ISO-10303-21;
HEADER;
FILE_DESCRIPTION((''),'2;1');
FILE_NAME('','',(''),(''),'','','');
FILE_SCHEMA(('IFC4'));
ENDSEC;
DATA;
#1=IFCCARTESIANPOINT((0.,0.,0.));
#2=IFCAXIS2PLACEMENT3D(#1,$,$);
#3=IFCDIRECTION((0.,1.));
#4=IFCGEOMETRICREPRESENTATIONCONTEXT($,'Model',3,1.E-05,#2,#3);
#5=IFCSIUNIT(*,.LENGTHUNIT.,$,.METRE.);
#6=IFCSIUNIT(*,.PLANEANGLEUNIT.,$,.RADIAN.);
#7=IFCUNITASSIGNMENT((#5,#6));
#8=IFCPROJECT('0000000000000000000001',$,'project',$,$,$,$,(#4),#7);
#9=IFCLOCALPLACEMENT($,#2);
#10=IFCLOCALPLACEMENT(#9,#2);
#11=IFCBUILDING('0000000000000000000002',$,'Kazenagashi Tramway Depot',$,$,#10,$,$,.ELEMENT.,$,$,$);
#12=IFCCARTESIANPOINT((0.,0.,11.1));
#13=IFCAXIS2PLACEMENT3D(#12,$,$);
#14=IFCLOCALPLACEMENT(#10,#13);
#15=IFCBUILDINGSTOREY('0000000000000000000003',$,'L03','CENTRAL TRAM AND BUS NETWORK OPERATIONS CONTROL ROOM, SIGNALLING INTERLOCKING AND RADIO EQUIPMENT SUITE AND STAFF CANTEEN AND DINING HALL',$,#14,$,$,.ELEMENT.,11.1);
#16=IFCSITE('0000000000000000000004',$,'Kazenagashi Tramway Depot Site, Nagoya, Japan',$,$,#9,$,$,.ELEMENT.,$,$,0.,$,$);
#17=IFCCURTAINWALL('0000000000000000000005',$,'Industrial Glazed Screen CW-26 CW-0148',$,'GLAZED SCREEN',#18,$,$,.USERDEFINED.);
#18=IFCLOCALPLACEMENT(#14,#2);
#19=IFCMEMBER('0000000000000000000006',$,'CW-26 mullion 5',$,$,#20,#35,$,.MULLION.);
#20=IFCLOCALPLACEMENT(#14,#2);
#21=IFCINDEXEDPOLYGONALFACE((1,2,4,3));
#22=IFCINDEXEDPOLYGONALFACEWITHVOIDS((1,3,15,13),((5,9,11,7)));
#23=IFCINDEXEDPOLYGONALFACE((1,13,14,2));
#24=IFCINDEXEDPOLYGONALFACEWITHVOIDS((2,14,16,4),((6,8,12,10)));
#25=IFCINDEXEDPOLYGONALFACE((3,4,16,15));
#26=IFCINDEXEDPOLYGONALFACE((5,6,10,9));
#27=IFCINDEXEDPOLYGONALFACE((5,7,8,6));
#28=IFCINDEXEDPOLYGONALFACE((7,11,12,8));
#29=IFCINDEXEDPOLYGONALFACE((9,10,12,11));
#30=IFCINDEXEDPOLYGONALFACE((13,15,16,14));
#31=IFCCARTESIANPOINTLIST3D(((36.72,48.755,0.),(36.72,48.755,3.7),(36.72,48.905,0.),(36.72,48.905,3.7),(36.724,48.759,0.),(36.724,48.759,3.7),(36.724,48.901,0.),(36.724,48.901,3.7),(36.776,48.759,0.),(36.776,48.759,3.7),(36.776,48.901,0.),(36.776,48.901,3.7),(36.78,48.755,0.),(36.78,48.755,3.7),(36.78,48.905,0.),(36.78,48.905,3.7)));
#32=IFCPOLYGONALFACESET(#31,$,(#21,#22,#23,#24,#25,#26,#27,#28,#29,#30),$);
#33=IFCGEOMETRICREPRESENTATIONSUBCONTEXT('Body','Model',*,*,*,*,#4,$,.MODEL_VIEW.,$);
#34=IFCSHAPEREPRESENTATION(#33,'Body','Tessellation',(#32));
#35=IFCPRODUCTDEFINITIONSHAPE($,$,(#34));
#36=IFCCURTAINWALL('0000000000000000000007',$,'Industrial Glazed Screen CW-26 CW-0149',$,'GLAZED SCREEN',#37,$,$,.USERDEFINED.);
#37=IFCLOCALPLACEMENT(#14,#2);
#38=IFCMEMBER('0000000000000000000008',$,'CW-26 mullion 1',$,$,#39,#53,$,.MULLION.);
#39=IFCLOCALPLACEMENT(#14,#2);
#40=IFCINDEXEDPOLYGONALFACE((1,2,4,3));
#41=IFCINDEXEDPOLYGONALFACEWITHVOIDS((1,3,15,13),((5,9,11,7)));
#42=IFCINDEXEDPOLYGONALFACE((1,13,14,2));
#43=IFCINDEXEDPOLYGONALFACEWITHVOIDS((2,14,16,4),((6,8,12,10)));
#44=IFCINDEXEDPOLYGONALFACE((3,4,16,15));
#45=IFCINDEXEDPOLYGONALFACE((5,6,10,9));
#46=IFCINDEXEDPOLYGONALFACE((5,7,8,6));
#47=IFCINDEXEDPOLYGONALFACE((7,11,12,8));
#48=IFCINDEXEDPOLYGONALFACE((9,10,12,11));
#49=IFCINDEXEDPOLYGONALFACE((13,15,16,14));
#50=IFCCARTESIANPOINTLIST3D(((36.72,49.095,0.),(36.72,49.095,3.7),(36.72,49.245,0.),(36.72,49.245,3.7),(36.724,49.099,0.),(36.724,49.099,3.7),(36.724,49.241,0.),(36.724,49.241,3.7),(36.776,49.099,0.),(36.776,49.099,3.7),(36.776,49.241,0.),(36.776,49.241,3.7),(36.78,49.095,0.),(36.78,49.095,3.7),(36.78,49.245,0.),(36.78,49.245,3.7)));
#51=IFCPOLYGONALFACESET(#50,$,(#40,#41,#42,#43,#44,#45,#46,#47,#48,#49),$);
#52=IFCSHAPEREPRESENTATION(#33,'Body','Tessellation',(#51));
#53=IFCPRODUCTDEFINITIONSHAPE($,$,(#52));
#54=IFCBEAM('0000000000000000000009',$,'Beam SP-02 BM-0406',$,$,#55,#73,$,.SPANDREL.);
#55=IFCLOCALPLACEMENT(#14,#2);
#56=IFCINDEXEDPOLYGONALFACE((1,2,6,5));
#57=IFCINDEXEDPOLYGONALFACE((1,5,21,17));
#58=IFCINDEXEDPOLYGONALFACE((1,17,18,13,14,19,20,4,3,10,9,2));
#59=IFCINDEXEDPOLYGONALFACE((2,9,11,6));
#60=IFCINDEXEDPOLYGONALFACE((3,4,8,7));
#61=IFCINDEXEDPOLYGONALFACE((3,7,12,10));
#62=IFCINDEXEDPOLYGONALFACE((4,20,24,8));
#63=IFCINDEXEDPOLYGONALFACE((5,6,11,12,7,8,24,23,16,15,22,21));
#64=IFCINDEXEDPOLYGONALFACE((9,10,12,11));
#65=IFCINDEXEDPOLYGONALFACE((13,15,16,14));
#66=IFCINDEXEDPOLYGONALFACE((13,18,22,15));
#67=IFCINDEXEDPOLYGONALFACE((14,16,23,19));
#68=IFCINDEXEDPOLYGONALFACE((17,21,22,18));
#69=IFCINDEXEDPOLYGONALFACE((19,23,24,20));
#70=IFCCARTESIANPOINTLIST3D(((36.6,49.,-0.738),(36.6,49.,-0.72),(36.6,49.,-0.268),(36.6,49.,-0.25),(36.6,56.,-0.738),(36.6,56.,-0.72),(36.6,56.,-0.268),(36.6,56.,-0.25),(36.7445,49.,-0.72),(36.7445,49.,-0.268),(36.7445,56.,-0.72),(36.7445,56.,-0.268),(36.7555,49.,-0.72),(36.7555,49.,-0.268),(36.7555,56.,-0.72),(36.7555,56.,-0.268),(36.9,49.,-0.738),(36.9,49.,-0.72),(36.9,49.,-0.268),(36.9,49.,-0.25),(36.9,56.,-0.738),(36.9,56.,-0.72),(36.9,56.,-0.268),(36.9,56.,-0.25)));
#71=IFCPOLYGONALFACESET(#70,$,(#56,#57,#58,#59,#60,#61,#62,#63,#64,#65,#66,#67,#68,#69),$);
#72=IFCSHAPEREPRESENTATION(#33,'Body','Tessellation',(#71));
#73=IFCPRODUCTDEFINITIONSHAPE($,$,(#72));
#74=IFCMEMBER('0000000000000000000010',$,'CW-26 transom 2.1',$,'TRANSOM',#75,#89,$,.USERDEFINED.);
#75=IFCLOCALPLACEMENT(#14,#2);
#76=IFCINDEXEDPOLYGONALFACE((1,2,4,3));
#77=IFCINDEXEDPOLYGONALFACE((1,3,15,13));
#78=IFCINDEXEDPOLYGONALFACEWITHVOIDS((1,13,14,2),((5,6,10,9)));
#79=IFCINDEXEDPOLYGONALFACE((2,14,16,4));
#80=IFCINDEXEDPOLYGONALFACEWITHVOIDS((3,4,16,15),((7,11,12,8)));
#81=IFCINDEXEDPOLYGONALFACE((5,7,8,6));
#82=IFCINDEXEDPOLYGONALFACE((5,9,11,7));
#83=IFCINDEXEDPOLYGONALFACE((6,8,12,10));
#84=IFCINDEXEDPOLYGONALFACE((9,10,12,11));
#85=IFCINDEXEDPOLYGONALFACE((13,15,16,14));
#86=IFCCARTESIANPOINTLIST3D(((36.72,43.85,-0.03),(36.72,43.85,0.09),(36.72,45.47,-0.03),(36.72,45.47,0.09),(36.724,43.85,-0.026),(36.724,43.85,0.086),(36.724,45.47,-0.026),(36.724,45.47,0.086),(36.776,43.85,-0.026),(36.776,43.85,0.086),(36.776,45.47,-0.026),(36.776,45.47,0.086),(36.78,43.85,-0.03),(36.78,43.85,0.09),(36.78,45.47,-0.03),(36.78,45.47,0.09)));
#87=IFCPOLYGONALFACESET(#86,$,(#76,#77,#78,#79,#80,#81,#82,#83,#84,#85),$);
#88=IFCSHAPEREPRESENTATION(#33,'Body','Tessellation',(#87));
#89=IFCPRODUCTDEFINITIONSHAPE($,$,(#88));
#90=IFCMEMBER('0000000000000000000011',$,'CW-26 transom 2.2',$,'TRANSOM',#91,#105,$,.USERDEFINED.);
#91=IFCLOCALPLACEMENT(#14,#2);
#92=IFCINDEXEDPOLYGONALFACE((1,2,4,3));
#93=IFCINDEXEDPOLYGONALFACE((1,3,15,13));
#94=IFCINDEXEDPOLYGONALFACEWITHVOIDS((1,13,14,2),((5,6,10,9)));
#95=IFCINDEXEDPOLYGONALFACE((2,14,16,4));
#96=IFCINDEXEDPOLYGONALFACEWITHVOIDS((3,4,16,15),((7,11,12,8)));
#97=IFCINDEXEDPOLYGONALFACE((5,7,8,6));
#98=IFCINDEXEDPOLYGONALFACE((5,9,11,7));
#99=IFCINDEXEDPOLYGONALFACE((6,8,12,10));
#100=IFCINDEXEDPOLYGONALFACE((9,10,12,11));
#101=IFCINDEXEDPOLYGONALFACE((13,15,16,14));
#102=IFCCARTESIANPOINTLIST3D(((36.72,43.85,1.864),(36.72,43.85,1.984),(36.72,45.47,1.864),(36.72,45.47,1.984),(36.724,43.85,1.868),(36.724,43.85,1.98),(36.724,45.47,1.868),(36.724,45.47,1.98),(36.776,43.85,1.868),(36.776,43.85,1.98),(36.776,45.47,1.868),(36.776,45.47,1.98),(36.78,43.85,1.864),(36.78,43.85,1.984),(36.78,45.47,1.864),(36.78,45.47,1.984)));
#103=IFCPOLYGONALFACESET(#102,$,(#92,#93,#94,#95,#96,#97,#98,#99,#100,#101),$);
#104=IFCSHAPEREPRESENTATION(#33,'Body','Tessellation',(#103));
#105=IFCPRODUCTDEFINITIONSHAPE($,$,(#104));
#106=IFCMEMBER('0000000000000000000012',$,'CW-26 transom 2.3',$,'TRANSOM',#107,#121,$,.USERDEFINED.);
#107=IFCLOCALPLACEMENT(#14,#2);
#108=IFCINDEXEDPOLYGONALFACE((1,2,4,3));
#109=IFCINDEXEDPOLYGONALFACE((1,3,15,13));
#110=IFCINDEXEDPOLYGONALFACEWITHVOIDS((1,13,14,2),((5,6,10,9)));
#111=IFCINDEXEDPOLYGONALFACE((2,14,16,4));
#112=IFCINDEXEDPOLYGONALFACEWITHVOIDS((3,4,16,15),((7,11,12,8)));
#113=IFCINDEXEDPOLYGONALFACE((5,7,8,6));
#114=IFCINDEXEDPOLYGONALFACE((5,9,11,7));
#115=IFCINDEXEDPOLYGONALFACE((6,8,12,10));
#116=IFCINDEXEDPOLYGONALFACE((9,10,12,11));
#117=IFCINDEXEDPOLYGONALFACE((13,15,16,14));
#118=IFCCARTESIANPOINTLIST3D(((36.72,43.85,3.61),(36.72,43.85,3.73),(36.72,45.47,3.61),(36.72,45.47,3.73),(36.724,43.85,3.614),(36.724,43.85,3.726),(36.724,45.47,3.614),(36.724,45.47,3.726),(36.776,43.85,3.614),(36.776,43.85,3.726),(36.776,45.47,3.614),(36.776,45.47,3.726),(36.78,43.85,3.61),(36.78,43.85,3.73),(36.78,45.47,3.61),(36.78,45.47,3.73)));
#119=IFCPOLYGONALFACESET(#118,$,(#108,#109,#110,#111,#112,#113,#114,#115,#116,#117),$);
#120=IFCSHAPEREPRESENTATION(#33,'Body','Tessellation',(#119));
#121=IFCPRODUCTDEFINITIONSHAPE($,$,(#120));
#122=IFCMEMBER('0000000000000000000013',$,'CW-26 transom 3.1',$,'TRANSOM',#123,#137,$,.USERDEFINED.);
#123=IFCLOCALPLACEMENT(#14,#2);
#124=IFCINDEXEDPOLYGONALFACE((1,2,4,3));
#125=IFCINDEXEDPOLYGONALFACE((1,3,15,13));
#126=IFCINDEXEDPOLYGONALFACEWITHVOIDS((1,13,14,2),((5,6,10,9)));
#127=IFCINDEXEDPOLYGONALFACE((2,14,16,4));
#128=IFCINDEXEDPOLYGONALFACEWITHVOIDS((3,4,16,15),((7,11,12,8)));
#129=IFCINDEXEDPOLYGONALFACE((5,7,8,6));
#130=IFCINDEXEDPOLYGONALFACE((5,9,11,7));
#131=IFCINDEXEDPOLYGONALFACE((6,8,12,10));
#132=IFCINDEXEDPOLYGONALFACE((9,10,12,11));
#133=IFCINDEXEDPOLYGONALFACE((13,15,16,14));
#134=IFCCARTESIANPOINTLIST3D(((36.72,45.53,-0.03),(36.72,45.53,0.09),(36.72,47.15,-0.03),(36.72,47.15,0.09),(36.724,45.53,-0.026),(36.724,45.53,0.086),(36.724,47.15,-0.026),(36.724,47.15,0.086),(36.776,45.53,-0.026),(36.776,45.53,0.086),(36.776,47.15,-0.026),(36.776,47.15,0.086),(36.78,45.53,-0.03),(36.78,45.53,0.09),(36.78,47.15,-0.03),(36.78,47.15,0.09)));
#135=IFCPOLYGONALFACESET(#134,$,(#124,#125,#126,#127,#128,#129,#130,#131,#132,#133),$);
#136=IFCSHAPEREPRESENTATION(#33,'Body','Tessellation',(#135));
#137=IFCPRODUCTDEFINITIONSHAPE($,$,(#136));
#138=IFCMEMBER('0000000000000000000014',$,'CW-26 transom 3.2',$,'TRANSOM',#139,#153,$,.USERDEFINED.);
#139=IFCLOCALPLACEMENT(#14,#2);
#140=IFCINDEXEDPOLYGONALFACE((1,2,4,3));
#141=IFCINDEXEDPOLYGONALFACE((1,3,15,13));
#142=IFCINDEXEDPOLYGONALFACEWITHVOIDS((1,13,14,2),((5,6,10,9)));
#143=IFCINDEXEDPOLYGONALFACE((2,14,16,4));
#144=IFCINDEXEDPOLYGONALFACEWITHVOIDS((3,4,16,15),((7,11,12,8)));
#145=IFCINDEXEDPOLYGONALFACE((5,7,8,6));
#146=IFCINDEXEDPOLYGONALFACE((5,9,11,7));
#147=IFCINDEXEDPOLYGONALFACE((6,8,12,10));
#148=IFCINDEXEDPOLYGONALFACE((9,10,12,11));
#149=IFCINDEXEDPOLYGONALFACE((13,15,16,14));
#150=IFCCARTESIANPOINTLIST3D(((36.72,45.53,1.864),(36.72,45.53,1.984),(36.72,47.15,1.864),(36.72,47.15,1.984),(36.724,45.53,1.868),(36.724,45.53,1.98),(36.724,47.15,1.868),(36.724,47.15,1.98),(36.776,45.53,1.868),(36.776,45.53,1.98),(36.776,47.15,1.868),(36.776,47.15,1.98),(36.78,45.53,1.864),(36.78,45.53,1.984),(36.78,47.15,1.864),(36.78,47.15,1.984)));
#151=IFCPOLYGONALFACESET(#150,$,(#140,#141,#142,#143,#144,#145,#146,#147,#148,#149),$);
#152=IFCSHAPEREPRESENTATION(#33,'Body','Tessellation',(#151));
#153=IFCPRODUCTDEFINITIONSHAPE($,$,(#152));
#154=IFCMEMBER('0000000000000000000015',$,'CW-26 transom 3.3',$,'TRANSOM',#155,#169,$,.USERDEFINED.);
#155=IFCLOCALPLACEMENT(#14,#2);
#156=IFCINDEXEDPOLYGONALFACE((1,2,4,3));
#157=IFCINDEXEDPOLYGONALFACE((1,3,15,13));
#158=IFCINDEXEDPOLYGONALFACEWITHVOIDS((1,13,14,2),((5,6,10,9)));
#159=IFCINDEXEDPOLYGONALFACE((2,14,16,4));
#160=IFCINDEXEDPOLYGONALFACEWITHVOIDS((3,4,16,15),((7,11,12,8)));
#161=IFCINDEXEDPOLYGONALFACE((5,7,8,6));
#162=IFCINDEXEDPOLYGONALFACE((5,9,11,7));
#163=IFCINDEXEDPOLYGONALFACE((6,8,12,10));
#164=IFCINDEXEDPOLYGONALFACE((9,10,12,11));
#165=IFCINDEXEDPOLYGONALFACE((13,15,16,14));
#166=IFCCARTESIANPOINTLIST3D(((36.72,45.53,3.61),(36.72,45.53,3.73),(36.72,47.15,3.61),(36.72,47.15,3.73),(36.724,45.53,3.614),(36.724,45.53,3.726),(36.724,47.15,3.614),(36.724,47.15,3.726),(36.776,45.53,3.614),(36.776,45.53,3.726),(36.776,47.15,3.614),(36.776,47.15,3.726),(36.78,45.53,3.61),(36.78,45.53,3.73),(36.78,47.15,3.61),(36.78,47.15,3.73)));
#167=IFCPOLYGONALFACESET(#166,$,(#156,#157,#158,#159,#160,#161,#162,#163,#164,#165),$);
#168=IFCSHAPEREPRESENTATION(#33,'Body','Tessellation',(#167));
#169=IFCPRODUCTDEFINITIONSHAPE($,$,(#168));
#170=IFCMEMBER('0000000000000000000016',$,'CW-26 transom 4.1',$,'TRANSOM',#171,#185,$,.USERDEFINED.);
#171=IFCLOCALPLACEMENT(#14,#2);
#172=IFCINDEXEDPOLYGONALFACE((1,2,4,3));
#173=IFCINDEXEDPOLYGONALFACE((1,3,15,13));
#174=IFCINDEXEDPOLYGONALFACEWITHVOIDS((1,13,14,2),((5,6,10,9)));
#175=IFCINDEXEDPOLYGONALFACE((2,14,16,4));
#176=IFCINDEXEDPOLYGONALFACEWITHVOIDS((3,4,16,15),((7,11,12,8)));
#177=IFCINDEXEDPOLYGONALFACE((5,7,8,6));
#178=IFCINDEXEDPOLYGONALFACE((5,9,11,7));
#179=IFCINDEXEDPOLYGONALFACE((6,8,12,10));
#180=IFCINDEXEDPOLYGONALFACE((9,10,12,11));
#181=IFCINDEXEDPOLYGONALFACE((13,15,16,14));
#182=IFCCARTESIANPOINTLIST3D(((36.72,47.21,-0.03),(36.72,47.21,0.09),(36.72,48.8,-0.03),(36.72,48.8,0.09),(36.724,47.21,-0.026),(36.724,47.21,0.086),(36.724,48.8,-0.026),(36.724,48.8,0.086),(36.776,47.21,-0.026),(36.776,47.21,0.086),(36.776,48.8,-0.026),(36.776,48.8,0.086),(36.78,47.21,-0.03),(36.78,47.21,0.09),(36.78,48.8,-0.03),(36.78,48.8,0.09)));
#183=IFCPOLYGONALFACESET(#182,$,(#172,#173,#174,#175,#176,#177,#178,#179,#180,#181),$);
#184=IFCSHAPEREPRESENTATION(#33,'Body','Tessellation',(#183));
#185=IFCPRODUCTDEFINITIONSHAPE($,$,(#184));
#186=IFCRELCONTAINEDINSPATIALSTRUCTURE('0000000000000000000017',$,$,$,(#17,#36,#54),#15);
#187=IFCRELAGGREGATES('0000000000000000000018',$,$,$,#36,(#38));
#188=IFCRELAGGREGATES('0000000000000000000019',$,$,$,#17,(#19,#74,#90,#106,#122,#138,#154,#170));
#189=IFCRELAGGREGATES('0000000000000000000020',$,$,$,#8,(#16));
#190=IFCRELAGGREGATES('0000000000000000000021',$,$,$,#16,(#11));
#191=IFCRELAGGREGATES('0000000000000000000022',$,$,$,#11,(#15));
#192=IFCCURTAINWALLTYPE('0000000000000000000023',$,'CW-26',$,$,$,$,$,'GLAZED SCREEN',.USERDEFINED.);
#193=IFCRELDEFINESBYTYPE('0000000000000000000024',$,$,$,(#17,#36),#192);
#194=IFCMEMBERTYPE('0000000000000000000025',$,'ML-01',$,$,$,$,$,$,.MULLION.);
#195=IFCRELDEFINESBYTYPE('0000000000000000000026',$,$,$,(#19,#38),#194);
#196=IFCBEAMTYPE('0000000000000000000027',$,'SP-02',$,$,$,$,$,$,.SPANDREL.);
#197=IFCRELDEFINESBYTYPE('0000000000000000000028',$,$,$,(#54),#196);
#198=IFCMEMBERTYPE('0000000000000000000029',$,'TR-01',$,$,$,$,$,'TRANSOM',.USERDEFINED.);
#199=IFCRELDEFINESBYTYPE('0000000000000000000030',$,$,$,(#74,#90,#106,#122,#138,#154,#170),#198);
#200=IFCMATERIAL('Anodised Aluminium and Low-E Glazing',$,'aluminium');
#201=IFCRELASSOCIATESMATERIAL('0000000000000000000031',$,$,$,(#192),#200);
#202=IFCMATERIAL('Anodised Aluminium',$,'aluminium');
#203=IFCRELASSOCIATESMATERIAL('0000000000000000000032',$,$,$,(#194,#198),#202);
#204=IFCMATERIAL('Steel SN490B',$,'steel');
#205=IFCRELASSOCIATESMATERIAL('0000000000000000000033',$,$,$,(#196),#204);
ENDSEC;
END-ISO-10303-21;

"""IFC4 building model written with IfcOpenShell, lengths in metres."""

from ifc_helpers import new_model, si_unit, direction, frame, origin, origin_2d, place, context, subcontext, project, spatial, hollow_rectangle, i_section, extrude, material, material_profile, profile_set, type_object, element, aggregate, save


model = new_model("IFC4")

# Units and contexts
model_context = context("Model", 3, precision=1e-05, world=origin(), true_north=direction((0.0, 1.0)))
body_context = subcontext(model_context, "Body", "Model", "MODEL_VIEW")
ifc_project = project(units=[si_unit("LENGTHUNIT", "METRE"), si_unit("PLANEANGLEUNIT", "RADIAN")], contexts=[model_context])

# Site, building, storey
site_placement = place(None, origin())
site = spatial("IfcSite", under=ifc_project, at=site_placement, Name="Kazenagashi Tramway Depot Site, Nagoya, Japan", CompositionType="ELEMENT", RefElevation=0.0)
building_placement = place(site_placement, origin())
building = spatial("IfcBuilding", under=site, at=building_placement, Name="Kazenagashi Tramway Depot", CompositionType="ELEMENT")
storey_placement = place(building_placement, frame((0.0, 0.0, 11.1)))
storey = spatial("IfcBuildingStorey", under=building, at=storey_placement, Name="L03", Description="CENTRAL TRAM AND BUS NETWORK OPERATIONS CONTROL ROOM, SIGNALLING INTERLOCKING AND RADIO EQUIPMENT SUITE AND STAFF CANTEEN AND DINING HALL", CompositionType="ELEMENT", Elevation=11.1)

# Shared definitions
ifc_material_1 = material(Name="Steel SN490B", Category="steel")

# Curtain wall, member
ifc_material_2 = material(Name="Anodised Aluminium and Low-E Glazing", Category="aluminium")
curtain_wall_type = type_object("IfcCurtainWallType", Name="CW-26", ElementType="GLAZED SCREEN", PredefinedType="USERDEFINED", material=ifc_material_2)
curtain_wall_1_placement = place(storey_placement, origin())
curtain_wall_1 = element("IfcCurtainWall", 1, at=curtain_wall_1_placement, inside=storey, type_object=curtain_wall_type, Name="Industrial Glazed Screen CW-26 CW-0148", ObjectType="GLAZED SCREEN", PredefinedType="USERDEFINED")
ifc_material_3 = material(Name="Anodised Aluminium", Category="aluminium")
ifc_material_profile_1 = material_profile(ifc_material_3, hollow_rectangle(XDim=0.06, YDim=0.15, WallThickness=0.004, at=origin_2d()), Name="RHS-150x60x4")
ifc_profile_set_1 = profile_set([ifc_material_profile_1], Name="Anodised Aluminium")
member_type_1 = type_object("IfcMemberType", Name="ML-01", PredefinedType="MULLION", material=ifc_profile_set_1)
member_1_placement = place(storey_placement, frame((36.75, 48.83, 0.0), z_axis=(0.0, 0.0, 1.0), x_axis=(-1.0, 0.0, 0.0)))
member_1 = element("IfcMember", 2, at=member_1_placement, type_object=member_type_1, Name="CW-26 mullion 5", PredefinedType="MULLION", context=body_context, shape_type="SweptSolid", body=[
    extrude(hollow_rectangle(XDim=0.06, YDim=0.15, WallThickness=0.004, at=origin_2d()), origin(), (0.0, 0.0, 1.0), 3.7),
])

# Curtain wall, member
curtain_wall_2_placement = place(storey_placement, origin())
curtain_wall_2 = element("IfcCurtainWall", 3, at=curtain_wall_2_placement, inside=storey, type_object=curtain_wall_type, Name="Industrial Glazed Screen CW-26 CW-0149", ObjectType="GLAZED SCREEN", PredefinedType="USERDEFINED")
member_2_placement = place(storey_placement, frame((36.75, 49.17, 0.0), z_axis=(0.0, 0.0, 1.0), x_axis=(-1.0, 0.0, 0.0)))
member_2 = element("IfcMember", 4, at=member_2_placement, type_object=member_type_1, Name="CW-26 mullion 1", PredefinedType="MULLION", context=body_context, shape_type="SweptSolid", body=[
    extrude(hollow_rectangle(XDim=0.06, YDim=0.15, WallThickness=0.004, at=origin_2d()), origin(), (0.0, 0.0, 1.0), 3.7),
])

# Beam
ifc_material_profile_2 = material_profile(ifc_material_1, i_section(OverallWidth=0.3, OverallDepth=0.488, WebThickness=0.011, FlangeThickness=0.018, at=origin_2d()), Name="H-488x300x11x18")
ifc_profile_set_2 = profile_set([ifc_material_profile_2], Name="Steel SN490B")
beam_type_1 = type_object("IfcBeamType", Name="SP-02", PredefinedType="SPANDREL", material=ifc_profile_set_2)
beam_1_placement = place(storey_placement, frame((36.75, 49.0, -0.494), z_axis=(0.0, 1.0, 0.0), x_axis=(-1.0, 0.0, 0.0)))
element("IfcBeam", 5, at=beam_1_placement, inside=storey, type_object=beam_type_1, Name="Beam SP-02 BM-0406", PredefinedType="SPANDREL", context=body_context, shape_type="SweptSolid", body=[
    extrude(i_section(OverallWidth=0.3, OverallDepth=0.488, WebThickness=0.011, FlangeThickness=0.018, at=origin_2d()), origin(), (0.0, 0.0, 1.0), 7.0),
])

# Members
ifc_material_profile_3 = material_profile(ifc_material_3, hollow_rectangle(XDim=0.06, YDim=0.12, WallThickness=0.004, at=origin_2d()), Name="RHS-120x60x4")
ifc_profile_set_3 = profile_set([ifc_material_profile_3], Name="Anodised Aluminium")
member_type_2 = type_object("IfcMemberType", Name="TR-01", ElementType="TRANSOM", PredefinedType="USERDEFINED", material=ifc_profile_set_3)
member_3_placement = place(storey_placement, frame((36.75, 43.85, 0.03), z_axis=(0.0, 1.0, 0.0), x_axis=(-1.0, 0.0, 0.0)))
member_3 = element("IfcMember", 6, at=member_3_placement, type_object=member_type_2, Name="CW-26 transom 2.1", ObjectType="TRANSOM", PredefinedType="USERDEFINED", context=body_context, shape_type="SweptSolid", body=[
    extrude(hollow_rectangle(XDim=0.06, YDim=0.12, WallThickness=0.004, at=origin_2d()), origin(), (0.0, 0.0, 1.0), 1.62),
])
member_4_placement = place(storey_placement, frame((36.75, 43.85, 1.924), z_axis=(0.0, 1.0, 0.0), x_axis=(-1.0, 0.0, 0.0)))
member_4 = element("IfcMember", 7, at=member_4_placement, type_object=member_type_2, Name="CW-26 transom 2.2", ObjectType="TRANSOM", PredefinedType="USERDEFINED", context=body_context, shape_type="SweptSolid", body=[
    extrude(hollow_rectangle(XDim=0.06, YDim=0.12, WallThickness=0.004, at=origin_2d()), origin(), (0.0, 0.0, 1.0), 1.62),
])
member_5_placement = place(storey_placement, frame((36.75, 43.85, 3.67), z_axis=(0.0, 1.0, 0.0), x_axis=(-1.0, 0.0, 0.0)))
member_5 = element("IfcMember", 8, at=member_5_placement, type_object=member_type_2, Name="CW-26 transom 2.3", ObjectType="TRANSOM", PredefinedType="USERDEFINED", context=body_context, shape_type="SweptSolid", body=[
    extrude(hollow_rectangle(XDim=0.06, YDim=0.12, WallThickness=0.004, at=origin_2d()), origin(), (0.0, 0.0, 1.0), 1.62),
])
member_6_placement = place(storey_placement, frame((36.75, 45.53, 0.03), z_axis=(0.0, 1.0, 0.0), x_axis=(-1.0, 0.0, 0.0)))
member_6 = element("IfcMember", 9, at=member_6_placement, type_object=member_type_2, Name="CW-26 transom 3.1", ObjectType="TRANSOM", PredefinedType="USERDEFINED", context=body_context, shape_type="SweptSolid", body=[
    extrude(hollow_rectangle(XDim=0.06, YDim=0.12, WallThickness=0.004, at=origin_2d()), origin(), (0.0, 0.0, 1.0), 1.62),
])
member_7_placement = place(storey_placement, frame((36.75, 45.53, 1.924), z_axis=(0.0, 1.0, 0.0), x_axis=(-1.0, 0.0, 0.0)))
member_7 = element("IfcMember", 10, at=member_7_placement, type_object=member_type_2, Name="CW-26 transom 3.2", ObjectType="TRANSOM", PredefinedType="USERDEFINED", context=body_context, shape_type="SweptSolid", body=[
    extrude(hollow_rectangle(XDim=0.06, YDim=0.12, WallThickness=0.004, at=origin_2d()), origin(), (0.0, 0.0, 1.0), 1.62),
])
member_8_placement = place(storey_placement, frame((36.75, 45.53, 3.67), z_axis=(0.0, 1.0, 0.0), x_axis=(-1.0, 0.0, 0.0)))
member_8 = element("IfcMember", 11, at=member_8_placement, type_object=member_type_2, Name="CW-26 transom 3.3", ObjectType="TRANSOM", PredefinedType="USERDEFINED", context=body_context, shape_type="SweptSolid", body=[
    extrude(hollow_rectangle(XDim=0.06, YDim=0.12, WallThickness=0.004, at=origin_2d()), origin(), (0.0, 0.0, 1.0), 1.62),
])
member_9_placement = place(storey_placement, frame((36.75, 47.21, 0.03), z_axis=(0.0, 1.0, 0.0), x_axis=(-1.0, 0.0, 0.0)))
member_9 = element("IfcMember", 12, at=member_9_placement, type_object=member_type_2, Name="CW-26 transom 4.1", ObjectType="TRANSOM", PredefinedType="USERDEFINED", context=body_context, shape_type="SweptSolid", body=[
    extrude(hollow_rectangle(XDim=0.06, YDim=0.12, WallThickness=0.004, at=origin_2d()), origin(), (0.0, 0.0, 1.0), 1.59),
])
aggregate(curtain_wall_2, [member_2])

aggregate(curtain_wall_1, [member_1, member_3, member_4, member_5, member_6, member_7, member_8, member_9])

save(model, "model.ifc")
